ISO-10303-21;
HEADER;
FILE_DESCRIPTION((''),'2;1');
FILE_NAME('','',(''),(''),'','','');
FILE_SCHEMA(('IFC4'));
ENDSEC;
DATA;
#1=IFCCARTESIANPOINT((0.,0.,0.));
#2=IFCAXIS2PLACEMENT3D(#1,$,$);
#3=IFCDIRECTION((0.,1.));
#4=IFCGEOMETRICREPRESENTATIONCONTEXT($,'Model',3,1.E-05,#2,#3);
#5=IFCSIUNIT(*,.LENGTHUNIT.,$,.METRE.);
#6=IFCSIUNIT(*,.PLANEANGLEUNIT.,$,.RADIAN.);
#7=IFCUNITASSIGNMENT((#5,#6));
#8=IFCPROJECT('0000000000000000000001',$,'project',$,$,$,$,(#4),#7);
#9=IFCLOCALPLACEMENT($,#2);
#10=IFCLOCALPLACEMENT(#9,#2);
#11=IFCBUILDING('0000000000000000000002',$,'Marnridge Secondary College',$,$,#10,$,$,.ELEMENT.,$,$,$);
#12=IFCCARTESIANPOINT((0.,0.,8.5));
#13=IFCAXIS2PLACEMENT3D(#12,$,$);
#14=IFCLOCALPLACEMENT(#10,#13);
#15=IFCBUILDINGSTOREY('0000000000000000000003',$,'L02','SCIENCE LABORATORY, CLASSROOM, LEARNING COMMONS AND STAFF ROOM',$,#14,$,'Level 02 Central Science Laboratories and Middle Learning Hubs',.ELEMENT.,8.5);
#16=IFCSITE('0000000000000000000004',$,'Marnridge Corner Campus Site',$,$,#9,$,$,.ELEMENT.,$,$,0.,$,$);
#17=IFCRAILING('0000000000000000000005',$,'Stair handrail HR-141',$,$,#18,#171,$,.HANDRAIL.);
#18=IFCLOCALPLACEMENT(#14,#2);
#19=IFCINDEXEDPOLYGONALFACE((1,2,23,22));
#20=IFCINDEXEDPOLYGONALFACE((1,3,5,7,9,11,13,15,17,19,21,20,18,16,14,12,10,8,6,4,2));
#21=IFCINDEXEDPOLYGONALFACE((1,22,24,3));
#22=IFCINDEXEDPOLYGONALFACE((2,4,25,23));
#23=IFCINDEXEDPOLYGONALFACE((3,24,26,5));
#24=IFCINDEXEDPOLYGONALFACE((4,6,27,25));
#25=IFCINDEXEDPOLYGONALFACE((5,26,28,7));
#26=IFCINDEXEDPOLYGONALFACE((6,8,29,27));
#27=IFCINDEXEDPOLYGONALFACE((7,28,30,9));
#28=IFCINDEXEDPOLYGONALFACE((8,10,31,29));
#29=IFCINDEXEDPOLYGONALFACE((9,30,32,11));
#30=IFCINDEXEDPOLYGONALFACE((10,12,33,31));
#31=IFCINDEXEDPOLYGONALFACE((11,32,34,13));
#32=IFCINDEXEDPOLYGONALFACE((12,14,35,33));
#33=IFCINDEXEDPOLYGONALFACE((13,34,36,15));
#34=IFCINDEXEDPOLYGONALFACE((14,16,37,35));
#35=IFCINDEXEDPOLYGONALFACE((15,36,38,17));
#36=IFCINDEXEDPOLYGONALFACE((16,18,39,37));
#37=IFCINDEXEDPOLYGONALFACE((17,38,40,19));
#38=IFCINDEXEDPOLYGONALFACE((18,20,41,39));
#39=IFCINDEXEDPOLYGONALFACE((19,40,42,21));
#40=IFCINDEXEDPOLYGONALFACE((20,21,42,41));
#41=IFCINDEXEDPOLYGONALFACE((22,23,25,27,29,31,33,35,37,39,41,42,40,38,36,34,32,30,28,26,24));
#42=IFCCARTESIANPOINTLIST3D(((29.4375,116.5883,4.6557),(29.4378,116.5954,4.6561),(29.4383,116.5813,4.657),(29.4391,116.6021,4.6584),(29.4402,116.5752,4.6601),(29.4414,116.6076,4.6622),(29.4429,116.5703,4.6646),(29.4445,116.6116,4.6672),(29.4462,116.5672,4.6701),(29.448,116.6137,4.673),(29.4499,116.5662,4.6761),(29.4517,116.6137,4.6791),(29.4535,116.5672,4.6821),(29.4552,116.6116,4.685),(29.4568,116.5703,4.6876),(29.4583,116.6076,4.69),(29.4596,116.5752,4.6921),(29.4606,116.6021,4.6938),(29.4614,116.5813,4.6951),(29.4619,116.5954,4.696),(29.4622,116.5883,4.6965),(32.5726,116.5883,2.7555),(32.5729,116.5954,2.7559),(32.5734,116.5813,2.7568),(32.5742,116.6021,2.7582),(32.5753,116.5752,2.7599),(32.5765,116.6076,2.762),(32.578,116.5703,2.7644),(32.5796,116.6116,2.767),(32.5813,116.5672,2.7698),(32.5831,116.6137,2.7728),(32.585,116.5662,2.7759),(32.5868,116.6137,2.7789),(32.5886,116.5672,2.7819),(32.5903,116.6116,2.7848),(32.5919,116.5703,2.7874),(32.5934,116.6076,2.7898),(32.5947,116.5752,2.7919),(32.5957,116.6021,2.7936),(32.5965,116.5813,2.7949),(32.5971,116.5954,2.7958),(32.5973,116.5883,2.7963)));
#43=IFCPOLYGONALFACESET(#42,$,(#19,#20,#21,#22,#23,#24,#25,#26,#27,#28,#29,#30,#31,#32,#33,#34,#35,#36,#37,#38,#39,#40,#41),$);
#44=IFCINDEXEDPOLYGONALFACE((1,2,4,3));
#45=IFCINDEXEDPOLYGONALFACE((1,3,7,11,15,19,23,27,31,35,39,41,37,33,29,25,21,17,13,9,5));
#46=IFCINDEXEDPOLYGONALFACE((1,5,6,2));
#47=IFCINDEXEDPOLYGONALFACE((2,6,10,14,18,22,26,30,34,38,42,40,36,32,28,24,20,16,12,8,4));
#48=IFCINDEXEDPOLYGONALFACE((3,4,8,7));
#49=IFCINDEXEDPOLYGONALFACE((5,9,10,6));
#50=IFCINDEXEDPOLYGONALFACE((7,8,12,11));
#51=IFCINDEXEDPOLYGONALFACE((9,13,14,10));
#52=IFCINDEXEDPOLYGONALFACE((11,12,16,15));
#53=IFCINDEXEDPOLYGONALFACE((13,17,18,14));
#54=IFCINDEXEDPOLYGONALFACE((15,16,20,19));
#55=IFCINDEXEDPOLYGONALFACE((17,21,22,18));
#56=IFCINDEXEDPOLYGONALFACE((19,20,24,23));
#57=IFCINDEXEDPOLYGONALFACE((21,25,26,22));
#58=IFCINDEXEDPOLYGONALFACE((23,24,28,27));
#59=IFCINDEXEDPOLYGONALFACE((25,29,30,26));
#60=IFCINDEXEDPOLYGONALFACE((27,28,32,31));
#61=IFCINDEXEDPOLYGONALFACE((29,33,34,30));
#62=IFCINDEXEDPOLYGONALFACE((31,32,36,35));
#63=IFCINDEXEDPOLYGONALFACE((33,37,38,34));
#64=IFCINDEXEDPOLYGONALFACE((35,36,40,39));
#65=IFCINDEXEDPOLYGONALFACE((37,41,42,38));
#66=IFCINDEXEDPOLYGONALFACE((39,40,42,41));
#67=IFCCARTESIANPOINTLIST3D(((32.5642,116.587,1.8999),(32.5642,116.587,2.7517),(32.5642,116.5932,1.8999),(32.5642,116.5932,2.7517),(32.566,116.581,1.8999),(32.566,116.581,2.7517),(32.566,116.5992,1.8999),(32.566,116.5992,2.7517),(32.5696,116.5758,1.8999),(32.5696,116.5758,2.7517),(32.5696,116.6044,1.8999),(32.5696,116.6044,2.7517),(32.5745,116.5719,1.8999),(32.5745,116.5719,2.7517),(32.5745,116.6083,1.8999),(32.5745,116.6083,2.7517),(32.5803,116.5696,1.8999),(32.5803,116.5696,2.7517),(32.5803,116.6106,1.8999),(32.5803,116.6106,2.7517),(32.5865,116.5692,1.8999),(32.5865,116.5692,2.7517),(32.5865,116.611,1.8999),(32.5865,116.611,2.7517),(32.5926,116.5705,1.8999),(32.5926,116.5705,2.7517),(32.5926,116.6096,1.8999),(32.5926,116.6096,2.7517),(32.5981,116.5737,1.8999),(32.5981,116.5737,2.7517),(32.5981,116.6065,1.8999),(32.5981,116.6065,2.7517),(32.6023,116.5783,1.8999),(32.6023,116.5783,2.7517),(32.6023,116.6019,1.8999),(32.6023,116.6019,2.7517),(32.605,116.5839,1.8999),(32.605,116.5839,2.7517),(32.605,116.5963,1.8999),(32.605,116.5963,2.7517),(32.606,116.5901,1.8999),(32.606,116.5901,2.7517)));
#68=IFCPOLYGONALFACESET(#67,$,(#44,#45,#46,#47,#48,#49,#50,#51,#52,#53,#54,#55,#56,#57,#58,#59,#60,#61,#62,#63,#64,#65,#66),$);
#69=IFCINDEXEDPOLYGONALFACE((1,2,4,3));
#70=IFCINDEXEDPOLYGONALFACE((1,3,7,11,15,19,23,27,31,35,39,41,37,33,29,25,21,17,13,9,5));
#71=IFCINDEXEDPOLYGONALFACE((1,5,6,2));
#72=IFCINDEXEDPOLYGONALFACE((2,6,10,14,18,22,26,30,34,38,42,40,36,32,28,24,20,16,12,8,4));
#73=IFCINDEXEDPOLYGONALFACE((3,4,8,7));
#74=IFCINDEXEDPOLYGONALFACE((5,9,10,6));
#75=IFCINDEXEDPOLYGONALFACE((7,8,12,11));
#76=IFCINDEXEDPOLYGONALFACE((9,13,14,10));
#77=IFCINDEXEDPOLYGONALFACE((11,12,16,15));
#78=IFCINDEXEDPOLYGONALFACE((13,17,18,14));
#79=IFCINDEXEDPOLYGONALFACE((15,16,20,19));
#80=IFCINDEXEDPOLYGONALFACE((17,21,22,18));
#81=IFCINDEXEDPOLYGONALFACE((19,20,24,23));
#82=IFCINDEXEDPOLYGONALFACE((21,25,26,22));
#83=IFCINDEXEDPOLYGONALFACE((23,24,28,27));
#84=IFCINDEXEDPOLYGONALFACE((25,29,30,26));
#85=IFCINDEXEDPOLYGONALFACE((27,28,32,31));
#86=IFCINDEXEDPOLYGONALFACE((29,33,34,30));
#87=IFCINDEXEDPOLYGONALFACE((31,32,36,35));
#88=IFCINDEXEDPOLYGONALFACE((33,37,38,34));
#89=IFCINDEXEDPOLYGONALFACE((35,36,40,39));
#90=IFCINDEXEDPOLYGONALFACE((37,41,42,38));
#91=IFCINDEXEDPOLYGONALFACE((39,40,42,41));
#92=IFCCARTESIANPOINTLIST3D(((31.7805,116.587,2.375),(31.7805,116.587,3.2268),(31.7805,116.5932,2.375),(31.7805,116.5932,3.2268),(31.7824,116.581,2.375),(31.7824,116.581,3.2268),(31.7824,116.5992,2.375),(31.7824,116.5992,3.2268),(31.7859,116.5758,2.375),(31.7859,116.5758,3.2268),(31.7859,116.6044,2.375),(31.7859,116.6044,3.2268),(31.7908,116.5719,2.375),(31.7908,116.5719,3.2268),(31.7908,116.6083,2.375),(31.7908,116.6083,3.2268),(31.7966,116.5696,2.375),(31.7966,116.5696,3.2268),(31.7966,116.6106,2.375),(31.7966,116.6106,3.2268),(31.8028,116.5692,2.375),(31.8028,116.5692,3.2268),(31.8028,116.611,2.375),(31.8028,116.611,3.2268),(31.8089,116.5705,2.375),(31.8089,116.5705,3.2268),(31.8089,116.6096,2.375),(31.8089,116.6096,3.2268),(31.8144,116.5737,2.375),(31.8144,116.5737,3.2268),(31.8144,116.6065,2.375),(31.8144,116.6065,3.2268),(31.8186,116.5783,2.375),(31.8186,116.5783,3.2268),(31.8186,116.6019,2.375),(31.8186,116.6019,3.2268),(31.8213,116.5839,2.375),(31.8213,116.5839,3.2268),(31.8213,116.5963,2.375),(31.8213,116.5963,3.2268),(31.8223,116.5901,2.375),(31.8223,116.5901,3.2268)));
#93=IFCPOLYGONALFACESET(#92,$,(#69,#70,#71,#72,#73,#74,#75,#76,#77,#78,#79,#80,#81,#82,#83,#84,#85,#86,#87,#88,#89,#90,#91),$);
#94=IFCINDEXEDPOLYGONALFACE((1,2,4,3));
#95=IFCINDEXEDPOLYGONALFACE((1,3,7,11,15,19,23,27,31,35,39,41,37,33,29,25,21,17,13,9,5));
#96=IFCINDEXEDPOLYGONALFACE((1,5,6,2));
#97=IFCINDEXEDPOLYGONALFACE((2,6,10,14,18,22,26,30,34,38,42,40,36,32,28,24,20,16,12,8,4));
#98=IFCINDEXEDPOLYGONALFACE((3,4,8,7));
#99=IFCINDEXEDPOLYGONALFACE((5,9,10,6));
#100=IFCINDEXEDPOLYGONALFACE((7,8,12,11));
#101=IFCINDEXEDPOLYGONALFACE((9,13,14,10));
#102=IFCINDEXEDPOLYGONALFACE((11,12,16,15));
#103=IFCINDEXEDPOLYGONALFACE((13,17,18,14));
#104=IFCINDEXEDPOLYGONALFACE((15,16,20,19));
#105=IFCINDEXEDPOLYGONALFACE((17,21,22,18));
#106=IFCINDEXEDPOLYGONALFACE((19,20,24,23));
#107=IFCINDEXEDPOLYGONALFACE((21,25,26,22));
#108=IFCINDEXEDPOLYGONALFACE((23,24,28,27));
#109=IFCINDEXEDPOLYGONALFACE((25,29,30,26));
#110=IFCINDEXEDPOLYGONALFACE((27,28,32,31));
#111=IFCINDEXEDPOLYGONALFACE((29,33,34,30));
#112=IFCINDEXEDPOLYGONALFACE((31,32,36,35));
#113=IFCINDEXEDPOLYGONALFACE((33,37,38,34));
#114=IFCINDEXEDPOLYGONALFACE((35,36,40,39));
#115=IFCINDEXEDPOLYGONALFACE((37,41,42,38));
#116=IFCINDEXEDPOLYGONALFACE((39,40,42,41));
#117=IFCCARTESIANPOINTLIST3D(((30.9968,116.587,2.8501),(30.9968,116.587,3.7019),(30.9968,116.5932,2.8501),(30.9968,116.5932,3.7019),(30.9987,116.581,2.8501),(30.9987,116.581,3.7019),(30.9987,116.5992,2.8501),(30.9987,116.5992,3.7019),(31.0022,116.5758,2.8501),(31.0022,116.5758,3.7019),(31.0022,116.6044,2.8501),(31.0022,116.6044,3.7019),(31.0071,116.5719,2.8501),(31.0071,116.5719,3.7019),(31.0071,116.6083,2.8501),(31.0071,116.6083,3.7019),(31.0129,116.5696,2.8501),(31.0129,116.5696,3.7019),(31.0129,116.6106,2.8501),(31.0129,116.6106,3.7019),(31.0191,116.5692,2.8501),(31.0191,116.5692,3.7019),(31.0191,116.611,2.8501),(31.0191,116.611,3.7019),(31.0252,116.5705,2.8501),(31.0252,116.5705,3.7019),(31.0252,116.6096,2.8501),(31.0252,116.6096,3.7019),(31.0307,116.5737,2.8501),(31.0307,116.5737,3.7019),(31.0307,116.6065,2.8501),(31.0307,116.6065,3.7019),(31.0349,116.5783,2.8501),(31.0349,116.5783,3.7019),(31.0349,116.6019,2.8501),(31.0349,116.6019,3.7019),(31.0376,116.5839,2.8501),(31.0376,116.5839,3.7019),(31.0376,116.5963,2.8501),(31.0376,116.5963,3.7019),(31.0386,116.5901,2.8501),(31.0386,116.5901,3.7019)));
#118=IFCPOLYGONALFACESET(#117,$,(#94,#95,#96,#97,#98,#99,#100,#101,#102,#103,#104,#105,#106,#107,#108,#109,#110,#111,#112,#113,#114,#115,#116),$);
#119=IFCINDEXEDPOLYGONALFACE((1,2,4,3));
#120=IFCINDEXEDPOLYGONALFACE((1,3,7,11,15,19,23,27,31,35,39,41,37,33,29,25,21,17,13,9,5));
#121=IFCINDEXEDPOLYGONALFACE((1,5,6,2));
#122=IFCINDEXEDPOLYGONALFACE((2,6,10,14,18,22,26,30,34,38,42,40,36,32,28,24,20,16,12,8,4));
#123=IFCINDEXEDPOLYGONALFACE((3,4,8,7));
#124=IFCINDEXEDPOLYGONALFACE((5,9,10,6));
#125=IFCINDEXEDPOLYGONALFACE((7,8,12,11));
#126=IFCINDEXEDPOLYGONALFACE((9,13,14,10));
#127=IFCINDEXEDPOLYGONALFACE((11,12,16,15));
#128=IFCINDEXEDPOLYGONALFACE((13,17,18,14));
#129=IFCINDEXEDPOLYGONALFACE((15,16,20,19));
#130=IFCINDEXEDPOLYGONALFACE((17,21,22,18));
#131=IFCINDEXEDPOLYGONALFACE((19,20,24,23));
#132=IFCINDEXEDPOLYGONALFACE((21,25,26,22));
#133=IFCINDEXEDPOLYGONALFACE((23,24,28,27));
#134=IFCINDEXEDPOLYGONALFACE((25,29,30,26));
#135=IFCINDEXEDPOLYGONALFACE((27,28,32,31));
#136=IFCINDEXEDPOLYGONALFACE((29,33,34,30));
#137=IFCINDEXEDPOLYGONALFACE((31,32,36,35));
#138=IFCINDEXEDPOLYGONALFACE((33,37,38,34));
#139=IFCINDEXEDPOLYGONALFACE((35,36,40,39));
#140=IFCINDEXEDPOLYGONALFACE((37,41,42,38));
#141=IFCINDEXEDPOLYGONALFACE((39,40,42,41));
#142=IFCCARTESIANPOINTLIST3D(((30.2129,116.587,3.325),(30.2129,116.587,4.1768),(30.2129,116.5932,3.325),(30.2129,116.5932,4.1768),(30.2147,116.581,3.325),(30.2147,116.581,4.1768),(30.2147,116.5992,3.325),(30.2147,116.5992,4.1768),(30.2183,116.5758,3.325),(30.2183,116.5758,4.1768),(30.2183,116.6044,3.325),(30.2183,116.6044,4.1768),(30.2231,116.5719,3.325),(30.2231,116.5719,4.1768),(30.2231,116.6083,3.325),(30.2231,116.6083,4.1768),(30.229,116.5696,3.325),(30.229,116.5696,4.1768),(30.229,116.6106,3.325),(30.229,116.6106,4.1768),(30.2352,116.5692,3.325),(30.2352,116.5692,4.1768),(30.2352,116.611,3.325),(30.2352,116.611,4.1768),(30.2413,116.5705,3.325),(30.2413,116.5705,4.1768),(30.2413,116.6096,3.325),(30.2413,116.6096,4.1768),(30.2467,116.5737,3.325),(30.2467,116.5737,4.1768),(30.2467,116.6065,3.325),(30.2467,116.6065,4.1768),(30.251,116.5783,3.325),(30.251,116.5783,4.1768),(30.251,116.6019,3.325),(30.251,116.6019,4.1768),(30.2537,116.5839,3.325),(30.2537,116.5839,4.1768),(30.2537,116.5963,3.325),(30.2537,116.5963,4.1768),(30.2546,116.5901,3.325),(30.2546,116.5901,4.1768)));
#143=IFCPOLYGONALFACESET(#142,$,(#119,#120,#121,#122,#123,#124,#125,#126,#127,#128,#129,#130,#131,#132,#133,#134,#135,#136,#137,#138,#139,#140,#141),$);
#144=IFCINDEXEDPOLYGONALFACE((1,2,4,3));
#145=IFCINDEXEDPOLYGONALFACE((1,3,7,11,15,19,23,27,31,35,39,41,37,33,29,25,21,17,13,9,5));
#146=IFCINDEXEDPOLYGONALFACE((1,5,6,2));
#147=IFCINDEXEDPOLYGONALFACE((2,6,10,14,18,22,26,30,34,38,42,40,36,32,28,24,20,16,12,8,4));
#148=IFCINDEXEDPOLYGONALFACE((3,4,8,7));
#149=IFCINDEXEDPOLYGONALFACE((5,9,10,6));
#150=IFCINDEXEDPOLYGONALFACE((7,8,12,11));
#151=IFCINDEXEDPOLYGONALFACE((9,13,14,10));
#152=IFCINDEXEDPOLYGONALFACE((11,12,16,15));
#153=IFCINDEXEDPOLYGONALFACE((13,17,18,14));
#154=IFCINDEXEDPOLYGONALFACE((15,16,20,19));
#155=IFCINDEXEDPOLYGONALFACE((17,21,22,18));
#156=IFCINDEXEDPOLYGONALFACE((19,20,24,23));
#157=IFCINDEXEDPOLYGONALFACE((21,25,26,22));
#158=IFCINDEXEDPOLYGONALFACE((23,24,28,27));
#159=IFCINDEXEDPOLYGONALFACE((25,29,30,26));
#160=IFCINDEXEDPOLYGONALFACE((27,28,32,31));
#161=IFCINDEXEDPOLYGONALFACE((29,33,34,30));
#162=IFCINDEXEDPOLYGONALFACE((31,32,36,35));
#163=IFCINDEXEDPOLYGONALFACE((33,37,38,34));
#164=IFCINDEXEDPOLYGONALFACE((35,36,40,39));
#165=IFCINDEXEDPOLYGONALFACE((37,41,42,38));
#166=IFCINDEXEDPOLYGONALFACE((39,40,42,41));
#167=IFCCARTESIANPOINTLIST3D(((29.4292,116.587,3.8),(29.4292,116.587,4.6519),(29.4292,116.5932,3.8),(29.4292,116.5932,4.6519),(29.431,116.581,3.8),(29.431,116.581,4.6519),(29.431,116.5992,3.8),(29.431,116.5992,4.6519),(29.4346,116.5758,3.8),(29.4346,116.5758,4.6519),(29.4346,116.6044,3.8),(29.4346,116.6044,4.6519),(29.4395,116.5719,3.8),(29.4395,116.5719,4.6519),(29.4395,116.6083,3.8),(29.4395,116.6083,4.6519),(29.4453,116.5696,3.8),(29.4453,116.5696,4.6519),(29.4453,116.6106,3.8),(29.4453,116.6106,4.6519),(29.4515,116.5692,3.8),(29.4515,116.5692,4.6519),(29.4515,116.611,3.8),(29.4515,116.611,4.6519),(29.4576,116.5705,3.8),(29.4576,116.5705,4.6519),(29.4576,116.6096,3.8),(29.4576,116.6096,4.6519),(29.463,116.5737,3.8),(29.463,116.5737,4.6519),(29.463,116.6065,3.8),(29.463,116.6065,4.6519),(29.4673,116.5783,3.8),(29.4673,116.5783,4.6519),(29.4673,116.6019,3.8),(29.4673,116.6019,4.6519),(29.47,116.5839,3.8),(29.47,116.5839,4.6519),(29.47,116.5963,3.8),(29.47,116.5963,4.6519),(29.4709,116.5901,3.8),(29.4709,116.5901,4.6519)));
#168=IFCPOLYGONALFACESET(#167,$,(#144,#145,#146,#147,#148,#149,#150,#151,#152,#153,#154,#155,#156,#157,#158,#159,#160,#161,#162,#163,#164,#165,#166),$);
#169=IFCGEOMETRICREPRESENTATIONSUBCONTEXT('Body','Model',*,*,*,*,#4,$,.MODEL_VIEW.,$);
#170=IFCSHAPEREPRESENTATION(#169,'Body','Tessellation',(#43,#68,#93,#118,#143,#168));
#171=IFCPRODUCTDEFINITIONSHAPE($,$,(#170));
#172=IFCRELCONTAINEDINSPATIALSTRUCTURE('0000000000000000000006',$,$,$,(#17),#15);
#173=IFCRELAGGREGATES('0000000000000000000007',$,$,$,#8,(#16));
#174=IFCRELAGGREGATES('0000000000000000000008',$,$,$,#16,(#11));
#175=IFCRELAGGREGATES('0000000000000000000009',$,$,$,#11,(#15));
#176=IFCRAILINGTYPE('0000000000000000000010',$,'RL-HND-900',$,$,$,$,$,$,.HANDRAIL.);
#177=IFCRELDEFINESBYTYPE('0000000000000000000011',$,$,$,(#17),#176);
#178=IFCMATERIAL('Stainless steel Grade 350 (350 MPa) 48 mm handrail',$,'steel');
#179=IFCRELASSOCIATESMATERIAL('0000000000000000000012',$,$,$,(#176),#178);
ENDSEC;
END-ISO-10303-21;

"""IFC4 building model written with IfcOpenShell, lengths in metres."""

from ifc_helpers import new_model, si_unit, direction, frame, origin, origin_2d, place, context, subcontext, project, spatial, circle, extrude, material, type_object, element, save


model = new_model("IFC4")

# Units and contexts
model_context = context("Model", 3, precision=1e-05, world=origin(), true_north=direction((0.0, 1.0)))
body_context = subcontext(model_context, "Body", "Model", "MODEL_VIEW")
ifc_project = project(units=[si_unit("LENGTHUNIT", "METRE"), si_unit("PLANEANGLEUNIT", "RADIAN")], contexts=[model_context])

# Site, building, storey
site_placement = place(None, origin())
site = spatial("IfcSite", under=ifc_project, at=site_placement, Name="Marnridge Corner Campus Site", CompositionType="ELEMENT", RefElevation=0.0)
building_placement = place(site_placement, origin())
building = spatial("IfcBuilding", under=site, at=building_placement, Name="Marnridge Secondary College", CompositionType="ELEMENT")
storey_placement = place(building_placement, frame((0.0, 0.0, 8.5)))
storey = spatial("IfcBuildingStorey", under=building, at=storey_placement, Name="L02", Description="SCIENCE LABORATORY, CLASSROOM, LEARNING COMMONS AND STAFF ROOM", LongName="Level 02 Central Science Laboratories and Middle Learning Hubs", CompositionType="ELEMENT", Elevation=8.5)

# Railing
ifc_material_1 = material(Name="Stainless steel Grade 350 (350 MPa) 48 mm handrail", Category="steel")
railing_type_1 = type_object("IfcRailingType", Name="RL-HND-900", PredefinedType="HANDRAIL", material=ifc_material_1)
for number, where, name in (
    (1, (32.585, 116.5901, 1.8999), "Stair handrail HR-141"),
):
    element("IfcRailing", number, at=place(storey_placement, frame(where)), inside=storey, type_object=railing_type_1, Name=name, PredefinedType="HANDRAIL", context=body_context, shape_type="SweptSolid", body=[
        extrude(circle(Radius=0.0239, at=origin_2d()), frame((0.0, 0.0, 0.876), z_axis=(-0.855181, 0.0, 0.51833), x_axis=(0.0, -1.0, 0.0)), (0.0, 0.0, 1.0), 3.666),
        extrude(circle(Radius=0.021, at=origin_2d()), origin(), (0.0, 0.0, 1.0), 0.8518),
        extrude(circle(Radius=0.021, at=origin_2d()), frame((-0.7837, 0.0, 0.4751)), (0.0, 0.0, 1.0), 0.8518),
        extrude(circle(Radius=0.021, at=origin_2d()), frame((-1.5674, 0.0, 0.9502)), (0.0, 0.0, 1.0), 0.8518),
        extrude(circle(Radius=0.021, at=origin_2d()), frame((-2.3513, 0.0, 1.425)), (0.0, 0.0, 1.0), 0.8518),
        extrude(circle(Radius=0.021, at=origin_2d()), frame((-3.135, 0.0, 1.9001)), (0.0, 0.0, 1.0), 0.8518),
    ])

save(model, "model.ifc")
